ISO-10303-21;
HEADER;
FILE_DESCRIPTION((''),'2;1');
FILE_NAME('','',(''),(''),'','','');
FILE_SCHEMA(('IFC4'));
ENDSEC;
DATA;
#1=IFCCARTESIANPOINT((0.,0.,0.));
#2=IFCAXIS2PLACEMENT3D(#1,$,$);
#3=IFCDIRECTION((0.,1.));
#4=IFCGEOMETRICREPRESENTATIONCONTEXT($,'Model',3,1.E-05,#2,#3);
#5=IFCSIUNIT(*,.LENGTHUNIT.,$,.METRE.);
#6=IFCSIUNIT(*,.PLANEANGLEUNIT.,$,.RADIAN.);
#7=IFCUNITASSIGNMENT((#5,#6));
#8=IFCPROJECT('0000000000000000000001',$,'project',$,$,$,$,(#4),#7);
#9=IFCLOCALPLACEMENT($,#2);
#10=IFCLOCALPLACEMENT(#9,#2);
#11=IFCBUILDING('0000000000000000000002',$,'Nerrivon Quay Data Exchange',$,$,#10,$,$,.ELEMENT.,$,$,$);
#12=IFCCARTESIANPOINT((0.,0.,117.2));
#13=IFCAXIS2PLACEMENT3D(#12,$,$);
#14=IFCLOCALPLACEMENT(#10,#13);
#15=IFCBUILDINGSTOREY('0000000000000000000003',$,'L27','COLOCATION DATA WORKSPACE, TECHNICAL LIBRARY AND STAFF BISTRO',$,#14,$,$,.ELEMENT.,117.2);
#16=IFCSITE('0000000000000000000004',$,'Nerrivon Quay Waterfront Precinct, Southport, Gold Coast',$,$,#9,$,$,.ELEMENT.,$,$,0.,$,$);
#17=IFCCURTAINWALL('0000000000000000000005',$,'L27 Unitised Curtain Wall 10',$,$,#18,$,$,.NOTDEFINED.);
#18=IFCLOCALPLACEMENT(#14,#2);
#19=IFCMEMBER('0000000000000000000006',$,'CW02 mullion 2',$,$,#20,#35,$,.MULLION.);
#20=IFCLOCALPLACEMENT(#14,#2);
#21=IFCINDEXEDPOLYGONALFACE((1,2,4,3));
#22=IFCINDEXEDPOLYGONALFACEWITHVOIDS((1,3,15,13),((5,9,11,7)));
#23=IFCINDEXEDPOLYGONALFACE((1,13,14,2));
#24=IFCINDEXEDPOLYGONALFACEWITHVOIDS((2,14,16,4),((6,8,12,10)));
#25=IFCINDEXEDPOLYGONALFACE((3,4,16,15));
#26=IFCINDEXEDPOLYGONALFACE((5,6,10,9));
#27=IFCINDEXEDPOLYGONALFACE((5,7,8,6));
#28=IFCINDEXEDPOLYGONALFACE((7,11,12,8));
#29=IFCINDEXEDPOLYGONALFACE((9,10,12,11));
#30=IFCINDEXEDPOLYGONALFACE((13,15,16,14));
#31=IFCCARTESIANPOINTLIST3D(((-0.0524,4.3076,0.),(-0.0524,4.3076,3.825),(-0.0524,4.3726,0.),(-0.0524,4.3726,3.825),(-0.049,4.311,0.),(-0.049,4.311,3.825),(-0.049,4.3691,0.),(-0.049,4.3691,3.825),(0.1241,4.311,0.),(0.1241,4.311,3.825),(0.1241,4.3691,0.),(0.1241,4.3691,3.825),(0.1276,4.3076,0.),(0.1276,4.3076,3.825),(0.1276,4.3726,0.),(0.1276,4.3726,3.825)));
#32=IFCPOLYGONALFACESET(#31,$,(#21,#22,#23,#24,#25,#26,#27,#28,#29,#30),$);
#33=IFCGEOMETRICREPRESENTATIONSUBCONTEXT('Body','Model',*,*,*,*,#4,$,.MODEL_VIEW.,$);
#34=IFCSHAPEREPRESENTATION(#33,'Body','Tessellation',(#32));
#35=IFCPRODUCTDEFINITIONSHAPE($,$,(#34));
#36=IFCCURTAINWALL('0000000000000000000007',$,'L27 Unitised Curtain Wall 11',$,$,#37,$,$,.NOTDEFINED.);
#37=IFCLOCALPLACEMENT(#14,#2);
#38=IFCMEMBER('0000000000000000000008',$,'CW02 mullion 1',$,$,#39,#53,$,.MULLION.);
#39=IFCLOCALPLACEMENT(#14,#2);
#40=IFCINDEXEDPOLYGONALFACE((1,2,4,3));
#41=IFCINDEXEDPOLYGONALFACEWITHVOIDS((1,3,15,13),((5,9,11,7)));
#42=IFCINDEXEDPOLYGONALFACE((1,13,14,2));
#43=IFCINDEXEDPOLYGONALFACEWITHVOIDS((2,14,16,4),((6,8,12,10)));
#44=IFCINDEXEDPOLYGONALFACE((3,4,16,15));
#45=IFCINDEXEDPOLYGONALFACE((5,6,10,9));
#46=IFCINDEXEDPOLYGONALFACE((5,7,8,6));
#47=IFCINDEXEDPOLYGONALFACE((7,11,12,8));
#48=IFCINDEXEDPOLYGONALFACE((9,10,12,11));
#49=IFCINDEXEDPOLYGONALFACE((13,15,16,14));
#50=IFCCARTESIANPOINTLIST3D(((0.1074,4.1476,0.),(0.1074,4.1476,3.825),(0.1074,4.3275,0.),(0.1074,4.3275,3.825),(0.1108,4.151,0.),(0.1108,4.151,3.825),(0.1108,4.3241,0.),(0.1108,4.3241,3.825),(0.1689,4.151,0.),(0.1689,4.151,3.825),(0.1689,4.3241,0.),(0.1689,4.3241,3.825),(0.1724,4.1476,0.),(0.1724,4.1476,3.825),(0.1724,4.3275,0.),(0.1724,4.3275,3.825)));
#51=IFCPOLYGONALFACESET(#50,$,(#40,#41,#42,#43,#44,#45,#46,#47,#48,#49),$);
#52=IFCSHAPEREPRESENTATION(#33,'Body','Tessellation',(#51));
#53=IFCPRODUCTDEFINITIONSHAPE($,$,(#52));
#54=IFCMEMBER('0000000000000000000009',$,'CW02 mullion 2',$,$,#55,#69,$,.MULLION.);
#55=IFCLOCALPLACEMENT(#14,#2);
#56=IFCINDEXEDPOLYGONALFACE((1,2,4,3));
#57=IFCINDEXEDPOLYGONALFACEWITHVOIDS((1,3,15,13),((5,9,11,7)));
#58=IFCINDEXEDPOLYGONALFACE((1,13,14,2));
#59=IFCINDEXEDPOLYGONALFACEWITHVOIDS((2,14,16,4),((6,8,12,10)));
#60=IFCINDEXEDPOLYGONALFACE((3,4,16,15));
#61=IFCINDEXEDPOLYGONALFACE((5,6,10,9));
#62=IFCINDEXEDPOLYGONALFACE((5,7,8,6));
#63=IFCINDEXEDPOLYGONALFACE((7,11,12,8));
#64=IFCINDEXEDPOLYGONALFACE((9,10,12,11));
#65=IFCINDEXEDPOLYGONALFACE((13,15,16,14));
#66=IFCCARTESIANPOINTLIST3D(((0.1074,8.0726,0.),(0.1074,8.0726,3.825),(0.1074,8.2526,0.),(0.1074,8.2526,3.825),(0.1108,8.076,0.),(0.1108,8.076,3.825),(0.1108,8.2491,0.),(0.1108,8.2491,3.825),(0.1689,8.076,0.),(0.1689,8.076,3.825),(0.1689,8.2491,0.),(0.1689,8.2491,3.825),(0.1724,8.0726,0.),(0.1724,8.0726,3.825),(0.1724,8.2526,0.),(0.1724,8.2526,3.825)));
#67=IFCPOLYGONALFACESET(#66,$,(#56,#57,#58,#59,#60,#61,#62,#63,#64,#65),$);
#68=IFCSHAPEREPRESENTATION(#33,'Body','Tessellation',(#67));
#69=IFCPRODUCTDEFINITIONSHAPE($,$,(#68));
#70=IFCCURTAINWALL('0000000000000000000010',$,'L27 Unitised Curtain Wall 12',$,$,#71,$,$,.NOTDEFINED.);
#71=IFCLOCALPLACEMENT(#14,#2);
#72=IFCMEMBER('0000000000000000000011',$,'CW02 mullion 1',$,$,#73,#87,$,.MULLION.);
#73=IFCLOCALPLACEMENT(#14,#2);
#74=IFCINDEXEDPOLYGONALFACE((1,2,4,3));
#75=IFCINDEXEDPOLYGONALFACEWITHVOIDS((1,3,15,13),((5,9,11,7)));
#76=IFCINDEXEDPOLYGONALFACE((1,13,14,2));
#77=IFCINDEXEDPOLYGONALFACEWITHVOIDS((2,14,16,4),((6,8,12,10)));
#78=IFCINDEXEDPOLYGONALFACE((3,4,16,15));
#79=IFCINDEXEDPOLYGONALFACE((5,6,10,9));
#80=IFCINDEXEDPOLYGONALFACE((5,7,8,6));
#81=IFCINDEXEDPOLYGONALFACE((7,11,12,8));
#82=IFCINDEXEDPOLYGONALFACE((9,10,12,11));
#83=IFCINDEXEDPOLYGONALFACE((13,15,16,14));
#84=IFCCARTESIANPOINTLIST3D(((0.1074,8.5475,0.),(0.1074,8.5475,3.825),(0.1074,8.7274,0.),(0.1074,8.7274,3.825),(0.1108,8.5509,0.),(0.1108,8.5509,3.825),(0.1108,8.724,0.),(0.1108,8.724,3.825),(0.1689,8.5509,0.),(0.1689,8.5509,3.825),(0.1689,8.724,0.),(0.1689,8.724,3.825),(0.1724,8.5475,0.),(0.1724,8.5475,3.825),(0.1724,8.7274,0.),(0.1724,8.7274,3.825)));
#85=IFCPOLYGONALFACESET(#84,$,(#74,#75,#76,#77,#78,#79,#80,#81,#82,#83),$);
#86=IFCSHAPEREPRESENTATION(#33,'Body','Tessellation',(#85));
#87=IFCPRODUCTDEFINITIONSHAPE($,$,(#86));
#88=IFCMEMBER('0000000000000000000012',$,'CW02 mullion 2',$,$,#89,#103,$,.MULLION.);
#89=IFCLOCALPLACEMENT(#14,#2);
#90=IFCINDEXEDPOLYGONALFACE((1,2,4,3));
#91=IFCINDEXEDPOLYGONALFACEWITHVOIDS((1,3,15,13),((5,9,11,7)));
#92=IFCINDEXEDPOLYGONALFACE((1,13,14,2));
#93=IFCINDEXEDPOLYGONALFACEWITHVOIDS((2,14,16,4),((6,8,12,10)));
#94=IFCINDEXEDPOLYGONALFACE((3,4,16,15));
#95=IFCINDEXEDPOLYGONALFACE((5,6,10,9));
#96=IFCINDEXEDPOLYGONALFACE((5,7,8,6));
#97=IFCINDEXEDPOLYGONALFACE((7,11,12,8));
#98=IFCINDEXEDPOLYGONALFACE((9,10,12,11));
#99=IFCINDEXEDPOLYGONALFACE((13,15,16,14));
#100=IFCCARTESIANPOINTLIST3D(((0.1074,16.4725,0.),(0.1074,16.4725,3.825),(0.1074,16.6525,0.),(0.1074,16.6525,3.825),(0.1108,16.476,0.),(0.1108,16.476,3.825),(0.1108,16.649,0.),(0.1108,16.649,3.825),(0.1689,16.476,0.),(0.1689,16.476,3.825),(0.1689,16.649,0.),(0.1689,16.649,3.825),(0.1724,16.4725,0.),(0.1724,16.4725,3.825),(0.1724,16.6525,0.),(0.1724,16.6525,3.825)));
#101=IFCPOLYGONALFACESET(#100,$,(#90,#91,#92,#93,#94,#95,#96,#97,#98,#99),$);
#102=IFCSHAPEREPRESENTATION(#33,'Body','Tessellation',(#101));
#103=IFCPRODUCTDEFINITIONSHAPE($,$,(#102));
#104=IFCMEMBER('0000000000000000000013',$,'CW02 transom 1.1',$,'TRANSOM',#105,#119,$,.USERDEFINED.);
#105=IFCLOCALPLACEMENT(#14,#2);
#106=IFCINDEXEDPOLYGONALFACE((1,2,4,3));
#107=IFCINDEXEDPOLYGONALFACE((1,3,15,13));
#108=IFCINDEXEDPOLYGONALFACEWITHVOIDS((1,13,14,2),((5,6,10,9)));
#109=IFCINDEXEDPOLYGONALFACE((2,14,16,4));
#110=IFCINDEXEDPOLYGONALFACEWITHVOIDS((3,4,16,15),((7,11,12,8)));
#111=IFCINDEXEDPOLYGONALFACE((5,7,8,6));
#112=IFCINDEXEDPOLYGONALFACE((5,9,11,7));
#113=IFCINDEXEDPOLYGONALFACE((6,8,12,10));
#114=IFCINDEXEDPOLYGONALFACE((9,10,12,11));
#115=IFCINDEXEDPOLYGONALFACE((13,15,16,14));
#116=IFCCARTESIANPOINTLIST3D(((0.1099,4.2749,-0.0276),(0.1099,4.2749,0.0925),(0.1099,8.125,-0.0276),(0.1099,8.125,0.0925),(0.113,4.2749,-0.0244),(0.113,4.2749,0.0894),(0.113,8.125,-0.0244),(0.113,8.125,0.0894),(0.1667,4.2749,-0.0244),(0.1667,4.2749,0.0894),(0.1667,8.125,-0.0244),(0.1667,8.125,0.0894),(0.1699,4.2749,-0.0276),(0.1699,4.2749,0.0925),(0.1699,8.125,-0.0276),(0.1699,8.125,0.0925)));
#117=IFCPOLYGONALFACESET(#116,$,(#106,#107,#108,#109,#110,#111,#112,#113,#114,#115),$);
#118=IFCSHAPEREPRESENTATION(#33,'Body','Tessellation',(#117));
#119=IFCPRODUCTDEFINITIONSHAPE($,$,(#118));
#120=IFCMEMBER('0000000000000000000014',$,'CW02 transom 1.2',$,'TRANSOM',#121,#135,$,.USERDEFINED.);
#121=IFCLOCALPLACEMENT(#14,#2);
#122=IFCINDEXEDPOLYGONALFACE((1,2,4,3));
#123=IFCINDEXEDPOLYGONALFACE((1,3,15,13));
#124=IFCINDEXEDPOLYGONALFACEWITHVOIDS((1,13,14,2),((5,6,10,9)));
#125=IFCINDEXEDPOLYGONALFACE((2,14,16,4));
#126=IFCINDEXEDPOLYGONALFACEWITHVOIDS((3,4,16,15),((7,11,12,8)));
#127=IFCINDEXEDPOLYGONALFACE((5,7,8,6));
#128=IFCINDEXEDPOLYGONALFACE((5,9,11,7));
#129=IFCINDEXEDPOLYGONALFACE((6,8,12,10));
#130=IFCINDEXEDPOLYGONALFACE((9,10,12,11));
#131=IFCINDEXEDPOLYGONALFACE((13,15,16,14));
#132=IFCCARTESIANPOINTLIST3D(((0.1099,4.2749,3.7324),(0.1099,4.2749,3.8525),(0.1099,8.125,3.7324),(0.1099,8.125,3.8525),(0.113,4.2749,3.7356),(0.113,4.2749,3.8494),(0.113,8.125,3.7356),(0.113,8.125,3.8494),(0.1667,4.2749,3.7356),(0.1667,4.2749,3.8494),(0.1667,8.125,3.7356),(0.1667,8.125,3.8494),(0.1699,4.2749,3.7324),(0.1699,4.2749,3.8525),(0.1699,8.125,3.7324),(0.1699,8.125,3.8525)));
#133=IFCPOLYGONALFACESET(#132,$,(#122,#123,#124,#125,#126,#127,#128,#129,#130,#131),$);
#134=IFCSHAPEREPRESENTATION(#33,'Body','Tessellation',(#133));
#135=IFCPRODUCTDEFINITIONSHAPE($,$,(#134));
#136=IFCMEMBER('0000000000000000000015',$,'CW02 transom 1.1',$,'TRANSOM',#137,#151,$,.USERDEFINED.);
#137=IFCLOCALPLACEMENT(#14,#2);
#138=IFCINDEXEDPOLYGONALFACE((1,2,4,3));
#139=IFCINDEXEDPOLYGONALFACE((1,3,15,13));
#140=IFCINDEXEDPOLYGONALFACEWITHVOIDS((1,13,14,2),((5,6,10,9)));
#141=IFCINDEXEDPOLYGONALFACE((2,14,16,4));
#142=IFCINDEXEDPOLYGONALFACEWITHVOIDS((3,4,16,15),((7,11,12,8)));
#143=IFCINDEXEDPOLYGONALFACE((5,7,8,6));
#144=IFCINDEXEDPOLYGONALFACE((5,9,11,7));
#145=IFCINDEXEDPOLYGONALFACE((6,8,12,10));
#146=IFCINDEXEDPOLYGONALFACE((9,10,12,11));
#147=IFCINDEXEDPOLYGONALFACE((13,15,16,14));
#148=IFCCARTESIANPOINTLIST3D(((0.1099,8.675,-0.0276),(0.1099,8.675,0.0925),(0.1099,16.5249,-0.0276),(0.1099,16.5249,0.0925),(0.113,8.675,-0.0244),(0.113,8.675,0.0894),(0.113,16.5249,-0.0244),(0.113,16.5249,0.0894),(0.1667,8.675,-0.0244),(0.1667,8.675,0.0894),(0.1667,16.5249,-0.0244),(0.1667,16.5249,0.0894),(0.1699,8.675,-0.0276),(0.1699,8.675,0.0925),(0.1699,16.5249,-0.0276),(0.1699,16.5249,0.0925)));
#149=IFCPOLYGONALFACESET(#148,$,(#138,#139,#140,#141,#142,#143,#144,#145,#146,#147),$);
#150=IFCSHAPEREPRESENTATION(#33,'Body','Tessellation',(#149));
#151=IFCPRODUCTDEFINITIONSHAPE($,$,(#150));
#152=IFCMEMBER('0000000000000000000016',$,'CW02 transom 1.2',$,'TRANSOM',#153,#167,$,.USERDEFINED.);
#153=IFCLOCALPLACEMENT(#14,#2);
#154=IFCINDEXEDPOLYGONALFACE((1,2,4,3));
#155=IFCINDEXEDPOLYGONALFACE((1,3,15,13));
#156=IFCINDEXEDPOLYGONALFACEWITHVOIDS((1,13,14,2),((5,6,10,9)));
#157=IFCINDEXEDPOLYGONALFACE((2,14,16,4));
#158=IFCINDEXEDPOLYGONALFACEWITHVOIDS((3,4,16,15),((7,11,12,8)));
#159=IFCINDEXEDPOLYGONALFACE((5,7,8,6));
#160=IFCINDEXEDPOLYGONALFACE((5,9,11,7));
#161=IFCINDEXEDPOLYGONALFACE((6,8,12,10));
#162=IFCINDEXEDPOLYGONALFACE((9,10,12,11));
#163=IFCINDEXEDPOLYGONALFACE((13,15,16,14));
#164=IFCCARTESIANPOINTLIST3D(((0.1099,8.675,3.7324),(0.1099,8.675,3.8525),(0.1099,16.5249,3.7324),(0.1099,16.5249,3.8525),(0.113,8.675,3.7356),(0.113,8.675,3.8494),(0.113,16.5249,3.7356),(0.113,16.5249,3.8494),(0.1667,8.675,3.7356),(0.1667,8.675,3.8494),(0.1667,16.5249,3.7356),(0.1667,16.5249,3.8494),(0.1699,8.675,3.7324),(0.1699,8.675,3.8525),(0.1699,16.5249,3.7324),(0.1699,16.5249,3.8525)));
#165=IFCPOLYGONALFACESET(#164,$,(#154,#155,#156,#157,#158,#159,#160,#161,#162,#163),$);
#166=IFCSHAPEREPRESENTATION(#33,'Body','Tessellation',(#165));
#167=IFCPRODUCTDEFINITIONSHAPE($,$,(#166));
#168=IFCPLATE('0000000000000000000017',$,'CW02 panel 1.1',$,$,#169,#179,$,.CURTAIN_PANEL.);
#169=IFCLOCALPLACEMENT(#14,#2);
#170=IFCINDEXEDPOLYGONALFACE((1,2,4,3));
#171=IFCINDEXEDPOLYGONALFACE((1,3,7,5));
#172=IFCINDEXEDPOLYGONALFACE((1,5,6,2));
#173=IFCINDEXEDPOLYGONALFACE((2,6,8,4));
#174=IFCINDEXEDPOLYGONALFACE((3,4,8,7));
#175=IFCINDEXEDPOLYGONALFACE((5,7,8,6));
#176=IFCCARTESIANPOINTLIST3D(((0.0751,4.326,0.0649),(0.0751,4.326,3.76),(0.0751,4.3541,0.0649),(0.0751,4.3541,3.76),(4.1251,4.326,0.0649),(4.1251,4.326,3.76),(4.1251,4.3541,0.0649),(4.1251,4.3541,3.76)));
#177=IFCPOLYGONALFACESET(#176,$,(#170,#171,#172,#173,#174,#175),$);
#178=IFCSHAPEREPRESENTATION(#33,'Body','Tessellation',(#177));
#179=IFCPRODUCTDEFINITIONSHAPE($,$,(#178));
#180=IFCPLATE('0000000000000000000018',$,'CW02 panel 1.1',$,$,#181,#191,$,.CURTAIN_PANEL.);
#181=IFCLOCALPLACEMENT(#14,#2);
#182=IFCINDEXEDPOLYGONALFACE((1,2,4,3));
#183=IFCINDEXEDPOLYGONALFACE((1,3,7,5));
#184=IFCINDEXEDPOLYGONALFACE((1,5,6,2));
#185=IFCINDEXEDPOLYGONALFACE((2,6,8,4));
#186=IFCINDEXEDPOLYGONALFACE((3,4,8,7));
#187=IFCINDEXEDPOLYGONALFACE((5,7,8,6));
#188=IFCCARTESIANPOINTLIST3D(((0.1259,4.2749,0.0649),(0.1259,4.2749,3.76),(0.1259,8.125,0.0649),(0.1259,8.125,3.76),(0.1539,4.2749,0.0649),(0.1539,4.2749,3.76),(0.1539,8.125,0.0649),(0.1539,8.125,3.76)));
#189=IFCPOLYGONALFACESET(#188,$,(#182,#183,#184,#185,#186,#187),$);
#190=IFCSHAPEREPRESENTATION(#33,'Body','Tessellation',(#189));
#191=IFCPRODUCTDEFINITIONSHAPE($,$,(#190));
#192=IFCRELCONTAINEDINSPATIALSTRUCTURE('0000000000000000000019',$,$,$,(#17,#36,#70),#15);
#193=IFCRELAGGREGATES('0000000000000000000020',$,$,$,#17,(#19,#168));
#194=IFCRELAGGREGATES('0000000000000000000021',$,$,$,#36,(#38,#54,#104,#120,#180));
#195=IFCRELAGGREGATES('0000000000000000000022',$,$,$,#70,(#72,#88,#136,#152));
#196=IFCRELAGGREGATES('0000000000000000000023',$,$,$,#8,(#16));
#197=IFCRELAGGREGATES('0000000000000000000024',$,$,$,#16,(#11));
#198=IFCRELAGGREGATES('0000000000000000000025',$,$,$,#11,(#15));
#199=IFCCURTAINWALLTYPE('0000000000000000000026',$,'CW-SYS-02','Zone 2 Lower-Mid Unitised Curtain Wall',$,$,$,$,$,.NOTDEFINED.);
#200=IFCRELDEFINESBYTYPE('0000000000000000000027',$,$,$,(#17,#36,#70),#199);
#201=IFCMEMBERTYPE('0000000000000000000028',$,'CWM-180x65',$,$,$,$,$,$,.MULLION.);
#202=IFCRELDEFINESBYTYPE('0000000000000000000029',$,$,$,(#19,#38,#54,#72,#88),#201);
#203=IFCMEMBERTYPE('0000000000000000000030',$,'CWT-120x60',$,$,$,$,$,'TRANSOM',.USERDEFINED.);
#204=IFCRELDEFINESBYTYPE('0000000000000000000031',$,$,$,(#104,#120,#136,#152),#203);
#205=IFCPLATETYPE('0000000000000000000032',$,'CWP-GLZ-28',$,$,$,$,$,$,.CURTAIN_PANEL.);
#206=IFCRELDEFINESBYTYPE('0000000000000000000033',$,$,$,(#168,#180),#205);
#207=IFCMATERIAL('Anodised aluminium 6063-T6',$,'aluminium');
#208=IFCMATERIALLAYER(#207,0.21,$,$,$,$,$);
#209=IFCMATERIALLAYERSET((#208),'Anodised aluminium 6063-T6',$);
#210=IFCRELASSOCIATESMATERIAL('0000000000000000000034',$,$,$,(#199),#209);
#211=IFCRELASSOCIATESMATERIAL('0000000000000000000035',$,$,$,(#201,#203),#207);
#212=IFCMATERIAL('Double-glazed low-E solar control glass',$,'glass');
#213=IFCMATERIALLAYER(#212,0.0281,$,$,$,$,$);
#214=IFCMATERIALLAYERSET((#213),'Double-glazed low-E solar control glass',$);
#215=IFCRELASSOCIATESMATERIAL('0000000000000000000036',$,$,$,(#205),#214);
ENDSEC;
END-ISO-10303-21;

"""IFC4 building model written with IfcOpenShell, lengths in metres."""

from ifc_helpers import new_model, si_unit, direction, frame, origin, origin_2d, place, context, subcontext, project, spatial, rectangle, hollow_rectangle, extrude, material, layer, layer_set, material_profile, profile_set, type_object, element, aggregate, save


model = new_model("IFC4")

# Units and contexts
model_context = context("Model", 3, precision=1e-05, world=origin(), true_north=direction((0.0, 1.0)))
body_context = subcontext(model_context, "Body", "Model", "MODEL_VIEW")
ifc_project = project(units=[si_unit("LENGTHUNIT", "METRE"), si_unit("PLANEANGLEUNIT", "RADIAN")], contexts=[model_context])

# Site, building, storey
site_placement = place(None, origin())
site = spatial("IfcSite", under=ifc_project, at=site_placement, Name="Nerrivon Quay Waterfront Precinct, Southport, Gold Coast", CompositionType="ELEMENT", RefElevation=0.0)
building_placement = place(site_placement, origin())
building = spatial("IfcBuilding", under=site, at=building_placement, Name="Nerrivon Quay Data Exchange", CompositionType="ELEMENT")
storey_placement = place(building_placement, frame((0.0, 0.0, 117.2)))
storey = spatial("IfcBuildingStorey", under=building, at=storey_placement, Name="L27", Description="COLOCATION DATA WORKSPACE, TECHNICAL LIBRARY AND STAFF BISTRO", CompositionType="ELEMENT", Elevation=117.2)

# Curtain wall, member
ifc_material_1 = material(Name="Anodised aluminium 6063-T6", Category="aluminium")
ifc_layer_1 = layer(ifc_material_1, 0.21)
ifc_layer_set_1 = layer_set([ifc_layer_1], Name="Anodised aluminium 6063-T6")
curtain_wall_type = type_object("IfcCurtainWallType", Name="CW-SYS-02", Description="Zone 2 Lower-Mid Unitised Curtain Wall", PredefinedType="NOTDEFINED", material=ifc_layer_set_1)
curtain_wall_1_placement = place(storey_placement, origin())
curtain_wall_1 = element("IfcCurtainWall", 1, at=curtain_wall_1_placement, inside=storey, type_object=curtain_wall_type, Name="L27 Unitised Curtain Wall 10", PredefinedType="NOTDEFINED")
ifc_material_profile_1 = material_profile(ifc_material_1, hollow_rectangle(XDim=0.0649, YDim=0.1799, WallThickness=0.0034, at=origin_2d()), Name="ALU-MULL-180x65")
ifc_profile_set_1 = profile_set([ifc_material_profile_1], Name="Anodised aluminium 6063-T6")
member_type_1 = type_object("IfcMemberType", Name="CWM-180x65", PredefinedType="MULLION", material=ifc_profile_set_1)
member_1_placement = place(storey_placement, frame((0.0376, 4.3401, 0.0), z_axis=(0.0, 0.0, 1.0), x_axis=(0.0, -1.0, 0.0)))
member_1 = element("IfcMember", 2, at=member_1_placement, type_object=member_type_1, Name="CW02 mullion 2", PredefinedType="MULLION", context=body_context, shape_type="SweptSolid", body=[
    extrude(hollow_rectangle(XDim=0.0649, YDim=0.1799, WallThickness=0.0034, at=origin_2d()), origin(), (0.0, 0.0, 1.0), 3.825),
])

# Curtain walls, members
curtain_wall_2_placement = place(storey_placement, origin())
curtain_wall_2 = element("IfcCurtainWall", 3, at=curtain_wall_2_placement, inside=storey, type_object=curtain_wall_type, Name="L27 Unitised Curtain Wall 11", PredefinedType="NOTDEFINED")
member_2_placement = place(storey_placement, frame((0.1399, 4.2375, 0.0), z_axis=(0.0, 0.0, 1.0), x_axis=(-1.0, 0.0, 0.0)))
member_2 = element("IfcMember", 4, at=member_2_placement, type_object=member_type_1, Name="CW02 mullion 1", PredefinedType="MULLION", context=body_context, shape_type="SweptSolid", body=[
    extrude(hollow_rectangle(XDim=0.0649, YDim=0.1799, WallThickness=0.0034, at=origin_2d()), origin(), (0.0, 0.0, 1.0), 3.825),
])
member_3_placement = place(storey_placement, frame((0.1399, 8.1626, 0.0), z_axis=(0.0, 0.0, 1.0), x_axis=(-1.0, 0.0, 0.0)))
member_3 = element("IfcMember", 5, at=member_3_placement, type_object=member_type_1, Name="CW02 mullion 2", PredefinedType="MULLION", context=body_context, shape_type="SweptSolid", body=[
    extrude(hollow_rectangle(XDim=0.0649, YDim=0.1799, WallThickness=0.0034, at=origin_2d()), origin(), (0.0, 0.0, 1.0), 3.825),
])
curtain_wall_3_placement = place(storey_placement, origin())
curtain_wall_3 = element("IfcCurtainWall", 6, at=curtain_wall_3_placement, inside=storey, type_object=curtain_wall_type, Name="L27 Unitised Curtain Wall 12", PredefinedType="NOTDEFINED")
member_4_placement = place(storey_placement, frame((0.1399, 8.6375, 0.0), z_axis=(0.0, 0.0, 1.0), x_axis=(-1.0, 0.0, 0.0)))
member_4 = element("IfcMember", 7, at=member_4_placement, type_object=member_type_1, Name="CW02 mullion 1", PredefinedType="MULLION", context=body_context, shape_type="SweptSolid", body=[
    extrude(hollow_rectangle(XDim=0.0649, YDim=0.1799, WallThickness=0.0034, at=origin_2d()), origin(), (0.0, 0.0, 1.0), 3.825),
])
member_5_placement = place(storey_placement, frame((0.1399, 16.5625, 0.0), z_axis=(0.0, 0.0, 1.0), x_axis=(-1.0, 0.0, 0.0)))
member_5 = element("IfcMember", 8, at=member_5_placement, type_object=member_type_1, Name="CW02 mullion 2", PredefinedType="MULLION", context=body_context, shape_type="SweptSolid", body=[
    extrude(hollow_rectangle(XDim=0.0649, YDim=0.1799, WallThickness=0.0034, at=origin_2d()), origin(), (0.0, 0.0, 1.0), 3.825),
])

# Members
ifc_material_profile_2 = material_profile(ifc_material_1, hollow_rectangle(XDim=0.0601, YDim=0.1201, WallThickness=0.0032, at=origin_2d()), Name="ALU-TRAN-120x60")
ifc_profile_set_2 = profile_set([ifc_material_profile_2], Name="Anodised aluminium 6063-T6")
member_type_2 = type_object("IfcMemberType", Name="CWT-120x60", ElementType="TRANSOM", PredefinedType="USERDEFINED", material=ifc_profile_set_2)
member_6_placement = place(storey_placement, frame((0.1399, 4.2749, 0.0325), z_axis=(0.0, 1.0, 0.0), x_axis=(-1.0, 0.0, 0.0)))
member_6 = element("IfcMember", 9, at=member_6_placement, type_object=member_type_2, Name="CW02 transom 1.1", ObjectType="TRANSOM", PredefinedType="USERDEFINED", context=body_context, shape_type="SweptSolid", body=[
    extrude(hollow_rectangle(XDim=0.0601, YDim=0.1201, WallThickness=0.0032, at=origin_2d()), origin(), (0.0, 0.0, 1.0), 3.8501),
])
member_7_placement = place(storey_placement, frame((0.1399, 4.2749, 3.7925), z_axis=(0.0, 1.0, 0.0), x_axis=(-1.0, 0.0, 0.0)))
member_7 = element("IfcMember", 10, at=member_7_placement, type_object=member_type_2, Name="CW02 transom 1.2", ObjectType="TRANSOM", PredefinedType="USERDEFINED", context=body_context, shape_type="SweptSolid", body=[
    extrude(hollow_rectangle(XDim=0.0601, YDim=0.1201, WallThickness=0.0032, at=origin_2d()), origin(), (0.0, 0.0, 1.0), 3.8501),
])
member_8_placement = place(storey_placement, frame((0.1399, 8.675, 0.0325), z_axis=(0.0, 1.0, 0.0), x_axis=(-1.0, 0.0, 0.0)))
member_8 = element("IfcMember", 11, at=member_8_placement, type_object=member_type_2, Name="CW02 transom 1.1", ObjectType="TRANSOM", PredefinedType="USERDEFINED", context=body_context, shape_type="SweptSolid", body=[
    extrude(hollow_rectangle(XDim=0.0601, YDim=0.1201, WallThickness=0.0032, at=origin_2d()), origin(), (0.0, 0.0, 1.0), 7.8499),
])
member_9_placement = place(storey_placement, frame((0.1399, 8.675, 3.7925), z_axis=(0.0, 1.0, 0.0), x_axis=(-1.0, 0.0, 0.0)))
member_9 = element("IfcMember", 12, at=member_9_placement, type_object=member_type_2, Name="CW02 transom 1.2", ObjectType="TRANSOM", PredefinedType="USERDEFINED", context=body_context, shape_type="SweptSolid", body=[
    extrude(hollow_rectangle(XDim=0.0601, YDim=0.1201, WallThickness=0.0032, at=origin_2d()), origin(), (0.0, 0.0, 1.0), 7.8499),
])

# Plates
ifc_material_2 = material(Name="Double-glazed low-E solar control glass", Category="glass")
ifc_layer_2 = layer(ifc_material_2, 0.0281)
ifc_layer_set_2 = layer_set([ifc_layer_2], Name="Double-glazed low-E solar control glass")
plate_type = type_object("IfcPlateType", Name="CWP-GLZ-28", PredefinedType="CURTAIN_PANEL", material=ifc_layer_set_2)
plate_1_placement = place(storey_placement, frame((2.1001, 4.3401, 0.0649), z_axis=(0.0, 0.0, 1.0), x_axis=(-1.0, 0.0, 0.0)))
plate_1 = element("IfcPlate", 13, at=plate_1_placement, type_object=plate_type, Name="CW02 panel 1.1", PredefinedType="CURTAIN_PANEL", context=body_context, shape_type="SweptSolid", body=[
    extrude(rectangle(XDim=4.05, YDim=0.0281, at=origin_2d()), origin(), (0.0, 0.0, 1.0), 3.6951),
])
aggregate(curtain_wall_1, [member_1, plate_1])
plate_2_placement = place(storey_placement, frame((0.1399, 6.2, 0.0649), z_axis=(0.0, 0.0, 1.0), x_axis=(0.0, 1.0, 0.0)))
plate_2 = element("IfcPlate", 14, at=plate_2_placement, type_object=plate_type, Name="CW02 panel 1.1", PredefinedType="CURTAIN_PANEL", context=body_context, shape_type="SweptSolid", body=[
    extrude(rectangle(XDim=3.8501, YDim=0.0281, at=origin_2d()), origin(), (0.0, 0.0, 1.0), 3.6951),
])
aggregate(curtain_wall_2, [member_2, member_3, member_6, member_7, plate_2])
aggregate(curtain_wall_3, [member_4, member_5, member_8, member_9])

save(model, "model.ifc")
